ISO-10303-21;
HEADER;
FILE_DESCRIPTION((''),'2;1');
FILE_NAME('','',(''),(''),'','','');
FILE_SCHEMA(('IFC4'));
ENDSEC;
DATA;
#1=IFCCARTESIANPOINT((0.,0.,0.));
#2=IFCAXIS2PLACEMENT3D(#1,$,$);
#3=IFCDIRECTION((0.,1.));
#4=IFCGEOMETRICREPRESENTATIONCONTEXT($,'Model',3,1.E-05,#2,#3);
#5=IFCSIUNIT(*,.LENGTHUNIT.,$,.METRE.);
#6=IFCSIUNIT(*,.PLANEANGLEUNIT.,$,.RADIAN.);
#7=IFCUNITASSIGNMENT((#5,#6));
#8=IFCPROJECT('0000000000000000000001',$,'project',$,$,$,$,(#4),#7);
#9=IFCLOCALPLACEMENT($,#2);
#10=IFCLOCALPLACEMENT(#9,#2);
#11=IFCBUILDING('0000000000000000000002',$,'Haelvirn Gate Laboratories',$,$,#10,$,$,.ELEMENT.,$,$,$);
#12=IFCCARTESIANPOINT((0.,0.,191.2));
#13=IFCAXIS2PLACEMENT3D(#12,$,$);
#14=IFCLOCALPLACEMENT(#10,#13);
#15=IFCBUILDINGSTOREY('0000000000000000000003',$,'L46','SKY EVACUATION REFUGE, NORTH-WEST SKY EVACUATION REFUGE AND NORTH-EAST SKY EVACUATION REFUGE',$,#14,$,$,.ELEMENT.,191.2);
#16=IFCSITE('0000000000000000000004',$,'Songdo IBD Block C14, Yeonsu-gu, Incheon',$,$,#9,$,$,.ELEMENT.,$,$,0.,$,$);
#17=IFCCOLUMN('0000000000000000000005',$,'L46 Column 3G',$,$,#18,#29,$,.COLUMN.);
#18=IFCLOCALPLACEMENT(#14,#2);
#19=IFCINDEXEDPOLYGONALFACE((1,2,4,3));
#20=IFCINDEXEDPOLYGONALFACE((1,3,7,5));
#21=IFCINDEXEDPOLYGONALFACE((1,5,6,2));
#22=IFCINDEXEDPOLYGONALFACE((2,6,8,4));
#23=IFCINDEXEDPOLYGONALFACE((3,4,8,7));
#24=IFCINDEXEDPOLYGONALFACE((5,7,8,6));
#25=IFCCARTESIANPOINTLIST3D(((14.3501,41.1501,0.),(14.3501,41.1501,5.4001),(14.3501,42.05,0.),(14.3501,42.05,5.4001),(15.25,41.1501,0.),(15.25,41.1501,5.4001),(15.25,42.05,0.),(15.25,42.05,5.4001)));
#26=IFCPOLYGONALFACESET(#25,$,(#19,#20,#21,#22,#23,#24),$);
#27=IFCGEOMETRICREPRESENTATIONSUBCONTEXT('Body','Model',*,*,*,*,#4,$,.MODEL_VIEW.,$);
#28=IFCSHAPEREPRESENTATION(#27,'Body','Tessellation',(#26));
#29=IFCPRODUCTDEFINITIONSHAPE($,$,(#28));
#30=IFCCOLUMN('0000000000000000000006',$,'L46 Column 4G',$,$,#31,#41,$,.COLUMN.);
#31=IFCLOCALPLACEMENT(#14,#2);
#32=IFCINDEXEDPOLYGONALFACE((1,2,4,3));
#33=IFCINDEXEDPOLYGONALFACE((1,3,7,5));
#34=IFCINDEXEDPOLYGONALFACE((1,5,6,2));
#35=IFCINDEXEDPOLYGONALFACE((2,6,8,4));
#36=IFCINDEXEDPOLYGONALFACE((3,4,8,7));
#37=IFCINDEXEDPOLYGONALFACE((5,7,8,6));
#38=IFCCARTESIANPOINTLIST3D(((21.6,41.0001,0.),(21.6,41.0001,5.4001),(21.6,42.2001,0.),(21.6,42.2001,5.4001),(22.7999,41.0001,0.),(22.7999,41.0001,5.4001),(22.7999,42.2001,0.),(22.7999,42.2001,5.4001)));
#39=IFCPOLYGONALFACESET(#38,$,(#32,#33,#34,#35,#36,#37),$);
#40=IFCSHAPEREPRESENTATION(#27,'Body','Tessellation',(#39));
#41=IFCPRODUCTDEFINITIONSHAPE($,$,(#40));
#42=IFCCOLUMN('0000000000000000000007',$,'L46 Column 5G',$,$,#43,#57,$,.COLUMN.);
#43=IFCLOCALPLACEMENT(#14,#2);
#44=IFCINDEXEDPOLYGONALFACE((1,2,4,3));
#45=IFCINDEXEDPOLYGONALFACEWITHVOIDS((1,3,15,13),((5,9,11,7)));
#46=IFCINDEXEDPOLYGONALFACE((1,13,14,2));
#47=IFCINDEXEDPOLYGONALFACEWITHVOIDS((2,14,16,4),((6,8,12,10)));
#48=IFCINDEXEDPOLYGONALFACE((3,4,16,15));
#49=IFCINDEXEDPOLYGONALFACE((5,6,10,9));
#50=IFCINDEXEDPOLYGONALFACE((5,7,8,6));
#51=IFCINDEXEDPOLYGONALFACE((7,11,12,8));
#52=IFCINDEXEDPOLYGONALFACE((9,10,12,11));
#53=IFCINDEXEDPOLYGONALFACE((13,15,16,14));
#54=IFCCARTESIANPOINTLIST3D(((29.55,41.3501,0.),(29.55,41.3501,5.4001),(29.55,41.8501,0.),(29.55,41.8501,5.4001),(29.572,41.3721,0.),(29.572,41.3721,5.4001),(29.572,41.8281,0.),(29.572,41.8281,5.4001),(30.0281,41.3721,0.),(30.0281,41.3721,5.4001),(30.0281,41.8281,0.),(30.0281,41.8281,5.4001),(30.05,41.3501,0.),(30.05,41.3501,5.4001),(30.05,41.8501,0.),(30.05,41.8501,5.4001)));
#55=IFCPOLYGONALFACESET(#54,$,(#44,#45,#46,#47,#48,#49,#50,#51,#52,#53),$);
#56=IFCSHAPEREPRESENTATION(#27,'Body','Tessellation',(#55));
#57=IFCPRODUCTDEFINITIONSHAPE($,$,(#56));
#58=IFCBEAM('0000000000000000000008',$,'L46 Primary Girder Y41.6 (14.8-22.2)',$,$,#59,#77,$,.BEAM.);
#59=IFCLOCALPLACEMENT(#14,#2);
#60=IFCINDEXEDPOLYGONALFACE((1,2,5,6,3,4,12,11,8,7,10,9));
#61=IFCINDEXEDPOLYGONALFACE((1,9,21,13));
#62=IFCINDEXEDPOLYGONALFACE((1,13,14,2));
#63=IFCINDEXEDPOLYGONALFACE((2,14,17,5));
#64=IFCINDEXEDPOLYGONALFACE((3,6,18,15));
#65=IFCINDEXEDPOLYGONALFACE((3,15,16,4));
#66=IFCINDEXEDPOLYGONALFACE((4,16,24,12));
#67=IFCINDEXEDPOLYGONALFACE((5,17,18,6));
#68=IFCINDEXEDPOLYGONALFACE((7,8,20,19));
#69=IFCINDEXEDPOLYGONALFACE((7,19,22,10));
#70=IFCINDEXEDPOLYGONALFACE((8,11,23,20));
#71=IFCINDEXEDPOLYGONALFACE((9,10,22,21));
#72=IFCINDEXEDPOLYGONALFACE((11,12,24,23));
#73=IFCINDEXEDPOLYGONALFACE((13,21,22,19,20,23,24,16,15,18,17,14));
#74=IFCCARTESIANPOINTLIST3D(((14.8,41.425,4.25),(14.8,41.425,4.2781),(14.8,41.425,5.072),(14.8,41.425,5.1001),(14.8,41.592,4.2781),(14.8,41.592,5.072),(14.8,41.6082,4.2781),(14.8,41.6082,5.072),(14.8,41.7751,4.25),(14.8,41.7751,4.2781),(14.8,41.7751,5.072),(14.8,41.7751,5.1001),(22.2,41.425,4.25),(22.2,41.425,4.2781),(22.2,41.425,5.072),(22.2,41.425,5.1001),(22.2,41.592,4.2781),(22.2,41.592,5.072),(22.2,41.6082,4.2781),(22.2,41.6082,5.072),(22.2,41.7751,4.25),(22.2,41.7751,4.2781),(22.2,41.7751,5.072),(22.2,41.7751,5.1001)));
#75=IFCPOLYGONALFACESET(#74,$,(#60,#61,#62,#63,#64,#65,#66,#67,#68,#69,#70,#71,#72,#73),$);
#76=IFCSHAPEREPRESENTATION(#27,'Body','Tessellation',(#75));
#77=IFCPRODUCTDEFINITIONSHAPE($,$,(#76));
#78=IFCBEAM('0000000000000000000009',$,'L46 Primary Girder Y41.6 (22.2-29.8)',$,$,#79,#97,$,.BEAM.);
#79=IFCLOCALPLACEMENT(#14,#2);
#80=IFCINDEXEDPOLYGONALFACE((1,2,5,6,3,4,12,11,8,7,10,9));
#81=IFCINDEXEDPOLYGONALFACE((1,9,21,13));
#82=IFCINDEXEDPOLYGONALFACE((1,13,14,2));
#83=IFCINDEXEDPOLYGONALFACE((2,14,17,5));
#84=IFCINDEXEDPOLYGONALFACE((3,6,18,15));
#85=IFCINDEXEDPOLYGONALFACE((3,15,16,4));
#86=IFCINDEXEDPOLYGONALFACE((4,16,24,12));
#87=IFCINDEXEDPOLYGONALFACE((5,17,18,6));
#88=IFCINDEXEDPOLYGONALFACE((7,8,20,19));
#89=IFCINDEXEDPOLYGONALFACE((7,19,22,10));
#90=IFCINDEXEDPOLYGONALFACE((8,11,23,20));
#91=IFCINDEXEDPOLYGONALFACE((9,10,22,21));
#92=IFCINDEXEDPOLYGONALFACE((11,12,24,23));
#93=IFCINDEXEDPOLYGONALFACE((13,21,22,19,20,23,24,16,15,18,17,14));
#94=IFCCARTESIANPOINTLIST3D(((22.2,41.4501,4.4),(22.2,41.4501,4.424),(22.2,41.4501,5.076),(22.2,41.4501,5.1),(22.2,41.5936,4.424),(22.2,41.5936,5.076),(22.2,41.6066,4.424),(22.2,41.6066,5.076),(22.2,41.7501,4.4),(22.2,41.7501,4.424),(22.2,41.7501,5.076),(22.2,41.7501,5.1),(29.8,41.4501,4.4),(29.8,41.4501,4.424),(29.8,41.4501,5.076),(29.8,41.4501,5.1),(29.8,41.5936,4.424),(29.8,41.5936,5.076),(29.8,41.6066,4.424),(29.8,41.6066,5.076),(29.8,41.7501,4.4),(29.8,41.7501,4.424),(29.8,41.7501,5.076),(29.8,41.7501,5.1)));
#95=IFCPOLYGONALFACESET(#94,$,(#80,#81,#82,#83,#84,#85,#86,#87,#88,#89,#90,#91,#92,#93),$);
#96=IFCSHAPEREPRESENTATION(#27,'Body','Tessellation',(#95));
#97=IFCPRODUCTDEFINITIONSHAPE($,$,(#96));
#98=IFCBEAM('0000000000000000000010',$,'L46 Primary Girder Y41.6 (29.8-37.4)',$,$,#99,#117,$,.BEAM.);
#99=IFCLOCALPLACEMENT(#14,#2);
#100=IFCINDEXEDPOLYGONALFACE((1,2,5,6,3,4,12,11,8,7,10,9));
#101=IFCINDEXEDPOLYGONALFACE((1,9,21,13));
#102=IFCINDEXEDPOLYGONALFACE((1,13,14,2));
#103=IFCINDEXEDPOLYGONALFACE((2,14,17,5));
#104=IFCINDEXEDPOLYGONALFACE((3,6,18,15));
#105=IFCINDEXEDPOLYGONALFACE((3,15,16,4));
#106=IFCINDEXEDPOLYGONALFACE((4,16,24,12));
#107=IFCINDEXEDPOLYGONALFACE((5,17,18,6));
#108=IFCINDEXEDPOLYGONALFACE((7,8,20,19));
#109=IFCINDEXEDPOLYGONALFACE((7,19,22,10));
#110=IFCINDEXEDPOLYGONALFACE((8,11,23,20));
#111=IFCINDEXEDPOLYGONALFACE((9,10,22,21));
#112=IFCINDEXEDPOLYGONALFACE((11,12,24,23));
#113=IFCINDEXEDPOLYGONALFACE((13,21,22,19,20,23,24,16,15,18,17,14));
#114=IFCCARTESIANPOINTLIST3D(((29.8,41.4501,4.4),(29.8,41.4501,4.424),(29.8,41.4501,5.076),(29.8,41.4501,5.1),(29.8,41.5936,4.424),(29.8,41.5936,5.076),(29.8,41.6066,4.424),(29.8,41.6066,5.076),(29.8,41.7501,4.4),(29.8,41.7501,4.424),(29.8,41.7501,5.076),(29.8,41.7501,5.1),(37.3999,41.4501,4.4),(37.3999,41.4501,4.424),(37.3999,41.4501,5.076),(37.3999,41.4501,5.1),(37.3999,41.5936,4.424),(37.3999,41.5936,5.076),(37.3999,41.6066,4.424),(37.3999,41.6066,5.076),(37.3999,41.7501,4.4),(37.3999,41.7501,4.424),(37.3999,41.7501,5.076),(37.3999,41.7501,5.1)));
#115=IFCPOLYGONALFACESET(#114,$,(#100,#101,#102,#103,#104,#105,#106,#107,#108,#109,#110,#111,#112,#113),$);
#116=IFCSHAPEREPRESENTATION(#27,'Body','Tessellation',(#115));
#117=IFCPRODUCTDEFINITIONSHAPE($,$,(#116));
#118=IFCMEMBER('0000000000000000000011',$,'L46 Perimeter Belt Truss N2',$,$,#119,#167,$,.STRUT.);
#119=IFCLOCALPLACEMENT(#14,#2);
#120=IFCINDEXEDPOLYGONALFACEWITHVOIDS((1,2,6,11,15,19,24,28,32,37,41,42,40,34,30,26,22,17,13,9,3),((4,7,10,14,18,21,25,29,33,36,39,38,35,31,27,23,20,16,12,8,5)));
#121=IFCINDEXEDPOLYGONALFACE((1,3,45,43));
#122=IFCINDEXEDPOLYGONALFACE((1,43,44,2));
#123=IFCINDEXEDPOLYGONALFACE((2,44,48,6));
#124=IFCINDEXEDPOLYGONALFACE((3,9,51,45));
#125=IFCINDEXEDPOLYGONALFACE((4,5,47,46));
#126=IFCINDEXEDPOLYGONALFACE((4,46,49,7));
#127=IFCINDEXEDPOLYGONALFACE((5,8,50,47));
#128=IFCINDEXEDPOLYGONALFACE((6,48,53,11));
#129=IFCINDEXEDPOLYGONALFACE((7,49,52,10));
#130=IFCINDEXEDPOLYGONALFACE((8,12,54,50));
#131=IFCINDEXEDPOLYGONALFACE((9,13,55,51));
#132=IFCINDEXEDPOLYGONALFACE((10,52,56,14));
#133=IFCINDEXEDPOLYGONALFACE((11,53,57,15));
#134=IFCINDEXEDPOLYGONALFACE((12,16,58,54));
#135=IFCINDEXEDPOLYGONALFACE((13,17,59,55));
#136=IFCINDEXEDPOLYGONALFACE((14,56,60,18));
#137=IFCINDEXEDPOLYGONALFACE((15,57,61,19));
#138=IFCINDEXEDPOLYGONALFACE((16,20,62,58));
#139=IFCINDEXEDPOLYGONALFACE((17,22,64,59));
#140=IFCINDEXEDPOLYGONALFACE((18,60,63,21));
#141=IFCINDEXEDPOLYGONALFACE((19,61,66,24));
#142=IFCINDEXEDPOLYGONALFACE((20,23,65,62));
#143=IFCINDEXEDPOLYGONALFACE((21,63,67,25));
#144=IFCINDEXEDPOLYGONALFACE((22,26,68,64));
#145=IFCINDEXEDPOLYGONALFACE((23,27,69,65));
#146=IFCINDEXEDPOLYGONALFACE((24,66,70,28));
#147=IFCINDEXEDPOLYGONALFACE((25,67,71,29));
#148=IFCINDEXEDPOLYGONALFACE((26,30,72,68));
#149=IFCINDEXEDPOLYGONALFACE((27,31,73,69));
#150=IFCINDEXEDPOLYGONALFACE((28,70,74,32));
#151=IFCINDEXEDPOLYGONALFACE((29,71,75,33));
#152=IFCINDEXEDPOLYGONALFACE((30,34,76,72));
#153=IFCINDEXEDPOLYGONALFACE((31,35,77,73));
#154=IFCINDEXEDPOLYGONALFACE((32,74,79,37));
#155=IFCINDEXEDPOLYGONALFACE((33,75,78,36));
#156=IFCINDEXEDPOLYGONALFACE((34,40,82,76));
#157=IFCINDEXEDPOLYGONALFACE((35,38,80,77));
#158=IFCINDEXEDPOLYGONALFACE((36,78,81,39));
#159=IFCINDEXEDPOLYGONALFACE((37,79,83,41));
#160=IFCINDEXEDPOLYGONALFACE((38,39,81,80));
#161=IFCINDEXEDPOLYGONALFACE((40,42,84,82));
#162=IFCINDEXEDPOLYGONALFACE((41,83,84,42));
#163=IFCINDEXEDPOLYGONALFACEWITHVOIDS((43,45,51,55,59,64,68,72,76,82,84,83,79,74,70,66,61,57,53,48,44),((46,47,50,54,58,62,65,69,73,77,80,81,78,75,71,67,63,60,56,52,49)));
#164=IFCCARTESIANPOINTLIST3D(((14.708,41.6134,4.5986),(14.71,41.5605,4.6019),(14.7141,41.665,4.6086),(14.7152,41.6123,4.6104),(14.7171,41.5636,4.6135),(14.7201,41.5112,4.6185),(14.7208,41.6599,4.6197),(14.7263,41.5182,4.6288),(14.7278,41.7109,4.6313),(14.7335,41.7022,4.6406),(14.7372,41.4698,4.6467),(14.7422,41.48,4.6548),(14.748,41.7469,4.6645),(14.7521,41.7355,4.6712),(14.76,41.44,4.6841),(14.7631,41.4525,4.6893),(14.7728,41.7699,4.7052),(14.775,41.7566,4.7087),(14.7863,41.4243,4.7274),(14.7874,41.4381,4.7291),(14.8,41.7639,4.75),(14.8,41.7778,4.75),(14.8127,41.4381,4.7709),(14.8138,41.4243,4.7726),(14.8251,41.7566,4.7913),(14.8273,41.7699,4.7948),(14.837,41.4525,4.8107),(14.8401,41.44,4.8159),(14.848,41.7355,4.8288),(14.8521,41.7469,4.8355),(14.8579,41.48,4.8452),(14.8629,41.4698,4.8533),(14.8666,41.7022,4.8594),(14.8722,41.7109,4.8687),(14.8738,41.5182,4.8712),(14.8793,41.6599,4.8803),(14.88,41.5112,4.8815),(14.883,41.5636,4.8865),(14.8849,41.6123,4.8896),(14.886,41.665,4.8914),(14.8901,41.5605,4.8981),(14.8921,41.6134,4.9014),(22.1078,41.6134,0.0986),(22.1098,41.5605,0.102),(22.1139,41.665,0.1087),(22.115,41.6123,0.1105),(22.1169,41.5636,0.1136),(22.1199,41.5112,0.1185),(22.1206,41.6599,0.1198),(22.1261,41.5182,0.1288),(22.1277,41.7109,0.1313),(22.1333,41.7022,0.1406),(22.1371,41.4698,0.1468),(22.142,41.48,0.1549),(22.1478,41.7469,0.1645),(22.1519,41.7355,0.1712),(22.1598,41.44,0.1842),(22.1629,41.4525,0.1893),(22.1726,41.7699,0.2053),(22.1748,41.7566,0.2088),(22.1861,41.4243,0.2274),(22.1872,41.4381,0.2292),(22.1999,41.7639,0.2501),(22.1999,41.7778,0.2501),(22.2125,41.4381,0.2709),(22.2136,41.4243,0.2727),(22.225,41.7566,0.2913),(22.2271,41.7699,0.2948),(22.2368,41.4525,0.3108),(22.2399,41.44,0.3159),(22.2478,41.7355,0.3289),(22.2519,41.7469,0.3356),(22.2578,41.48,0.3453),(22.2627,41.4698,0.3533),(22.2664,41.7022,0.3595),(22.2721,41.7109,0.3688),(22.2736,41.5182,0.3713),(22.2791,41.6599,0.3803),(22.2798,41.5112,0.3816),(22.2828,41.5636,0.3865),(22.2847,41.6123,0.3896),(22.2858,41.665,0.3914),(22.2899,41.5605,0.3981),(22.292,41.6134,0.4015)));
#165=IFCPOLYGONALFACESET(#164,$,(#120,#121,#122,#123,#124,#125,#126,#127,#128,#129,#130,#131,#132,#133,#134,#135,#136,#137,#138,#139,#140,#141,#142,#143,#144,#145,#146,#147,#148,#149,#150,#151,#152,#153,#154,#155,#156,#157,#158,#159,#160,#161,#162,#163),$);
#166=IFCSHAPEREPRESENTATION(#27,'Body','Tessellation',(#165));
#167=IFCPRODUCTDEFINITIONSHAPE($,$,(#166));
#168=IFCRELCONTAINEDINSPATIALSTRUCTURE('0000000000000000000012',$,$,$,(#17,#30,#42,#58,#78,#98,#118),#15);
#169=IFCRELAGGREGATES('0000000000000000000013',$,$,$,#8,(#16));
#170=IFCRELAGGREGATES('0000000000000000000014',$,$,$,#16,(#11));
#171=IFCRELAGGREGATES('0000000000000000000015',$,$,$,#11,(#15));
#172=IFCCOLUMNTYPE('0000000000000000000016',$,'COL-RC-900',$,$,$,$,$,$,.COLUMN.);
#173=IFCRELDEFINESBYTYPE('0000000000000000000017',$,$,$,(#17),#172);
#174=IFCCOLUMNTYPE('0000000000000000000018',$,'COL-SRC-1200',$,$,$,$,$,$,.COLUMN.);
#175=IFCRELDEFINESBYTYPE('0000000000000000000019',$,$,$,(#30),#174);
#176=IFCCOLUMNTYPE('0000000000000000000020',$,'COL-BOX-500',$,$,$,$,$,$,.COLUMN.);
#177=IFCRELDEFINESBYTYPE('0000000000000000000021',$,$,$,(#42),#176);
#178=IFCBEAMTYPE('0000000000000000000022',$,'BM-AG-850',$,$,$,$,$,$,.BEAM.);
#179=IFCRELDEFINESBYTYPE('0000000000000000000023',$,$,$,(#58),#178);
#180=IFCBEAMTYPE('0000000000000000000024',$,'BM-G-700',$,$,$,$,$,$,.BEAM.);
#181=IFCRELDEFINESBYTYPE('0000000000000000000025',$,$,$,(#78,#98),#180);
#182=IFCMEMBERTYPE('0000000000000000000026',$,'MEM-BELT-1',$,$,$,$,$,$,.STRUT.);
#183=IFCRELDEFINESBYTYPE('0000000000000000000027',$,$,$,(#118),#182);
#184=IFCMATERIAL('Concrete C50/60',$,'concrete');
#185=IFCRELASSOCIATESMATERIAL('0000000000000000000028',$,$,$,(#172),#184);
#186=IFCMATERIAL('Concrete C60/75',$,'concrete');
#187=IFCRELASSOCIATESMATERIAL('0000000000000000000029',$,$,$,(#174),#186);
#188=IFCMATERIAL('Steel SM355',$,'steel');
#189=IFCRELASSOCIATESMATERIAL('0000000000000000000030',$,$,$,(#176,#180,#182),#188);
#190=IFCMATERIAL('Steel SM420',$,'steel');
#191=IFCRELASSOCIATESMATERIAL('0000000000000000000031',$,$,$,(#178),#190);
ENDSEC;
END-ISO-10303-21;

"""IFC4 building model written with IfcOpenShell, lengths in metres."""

from ifc_helpers import new_model, si_unit, direction, frame, origin, origin_2d, place, context, subcontext, project, spatial, rectangle, hollow_rectangle, hollow_circle, i_section, extrude, source, transform, mapped, material, material_profile, profile_set, type_object, type_shapes, element, save


model = new_model("IFC4")

# Units and contexts
model_context = context("Model", 3, precision=1e-05, world=origin(), true_north=direction((0.0, 1.0)))
body_context = subcontext(model_context, "Body", "Model", "MODEL_VIEW")
ifc_project = project(units=[si_unit("LENGTHUNIT", "METRE"), si_unit("PLANEANGLEUNIT", "RADIAN")], contexts=[model_context])

# Site, building, storey
site_placement = place(None, origin())
site = spatial("IfcSite", under=ifc_project, at=site_placement, Name="Songdo IBD Block C14, Yeonsu-gu, Incheon", CompositionType="ELEMENT", RefElevation=0.0)
building_placement = place(site_placement, origin())
building = spatial("IfcBuilding", under=site, at=building_placement, Name="Haelvirn Gate Laboratories", CompositionType="ELEMENT")
storey_placement = place(building_placement, frame((0.0, 0.0, 191.2)))
storey = spatial("IfcBuildingStorey", under=building, at=storey_placement, Name="L46", Description="SKY EVACUATION REFUGE, NORTH-WEST SKY EVACUATION REFUGE AND NORTH-EAST SKY EVACUATION REFUGE", CompositionType="ELEMENT", Elevation=191.2)

# Columns
ifc_material_1 = material(Name="Concrete C50/60", Category="concrete")
ifc_material_profile_1 = material_profile(ifc_material_1, rectangle(XDim=0.8999, YDim=0.8999, at=origin_2d()), Name="RC-900x900")
ifc_profile_set_1 = profile_set([ifc_material_profile_1], Name="Concrete C50/60")
column_type_1 = type_object("IfcColumnType", Name="COL-RC-900", PredefinedType="COLUMN", material=ifc_profile_set_1)
shared_shape_1 = source(origin(), body_context, "Body", "SweptSolid", [
    extrude(rectangle(XDim=0.8999, YDim=0.8999, at=origin_2d()), origin(), (0.0, 0.0, 1.0), 5.4001),
])
type_shapes(column_type_1, [shared_shape_1])
column_1_placement = place(storey_placement, frame((14.8, 41.6001, 0.0), z_axis=(0.0, 0.0, 1.0), x_axis=(1.0, 0.0, 0.0)))
element("IfcColumn", 1, at=column_1_placement, inside=storey, type_object=column_type_1, Name="L46 Column 3G", PredefinedType="COLUMN", context=body_context, shape_type="MappedRepresentation", body=[
    mapped(shared_shape_1, transform((0.0, 0.0, 0.0), scale=1.0)),
])
ifc_material_2 = material(Name="Concrete C60/75", Category="concrete")
ifc_material_profile_2 = material_profile(ifc_material_2, rectangle(XDim=1.2, YDim=1.2, at=origin_2d()), Name="SRC-1200x1200")
ifc_profile_set_2 = profile_set([ifc_material_profile_2], Name="Concrete C60/75")
column_type_2 = type_object("IfcColumnType", Name="COL-SRC-1200", PredefinedType="COLUMN", material=ifc_profile_set_2)
shared_shape_2 = source(origin(), body_context, "Body", "SweptSolid", [
    extrude(rectangle(XDim=1.2, YDim=1.2, at=origin_2d()), origin(), (0.0, 0.0, 1.0), 5.4001),
])
type_shapes(column_type_2, [shared_shape_2])
column_2_placement = place(storey_placement, frame((22.2, 41.6001, 0.0), z_axis=(0.0, 0.0, 1.0), x_axis=(1.0, 0.0, 0.0)))
element("IfcColumn", 2, at=column_2_placement, inside=storey, type_object=column_type_2, Name="L46 Column 4G", PredefinedType="COLUMN", context=body_context, shape_type="MappedRepresentation", body=[
    mapped(shared_shape_2, transform((0.0, 0.0, 0.0), scale=1.0)),
])
ifc_material_3 = material(Name="Steel SM355", Category="steel")
ifc_material_profile_3 = material_profile(ifc_material_3, hollow_rectangle(XDim=0.5, YDim=0.5, WallThickness=0.022, at=origin_2d()), Name="BOX-500x500x22")
ifc_profile_set_3 = profile_set([ifc_material_profile_3], Name="Steel SM355")
column_type_3 = type_object("IfcColumnType", Name="COL-BOX-500", PredefinedType="COLUMN", material=ifc_profile_set_3)
shared_shape_3 = source(origin(), body_context, "Body", "SweptSolid", [
    extrude(hollow_rectangle(XDim=0.5, YDim=0.5, WallThickness=0.022, at=origin_2d()), origin(), (0.0, 0.0, 1.0), 5.4001),
])
type_shapes(column_type_3, [shared_shape_3])
column_3_placement = place(storey_placement, frame((29.8, 41.6001, 0.0), z_axis=(0.0, 0.0, 1.0), x_axis=(1.0, 0.0, 0.0)))
element("IfcColumn", 3, at=column_3_placement, inside=storey, type_object=column_type_3, Name="L46 Column 5G", PredefinedType="COLUMN", context=body_context, shape_type="MappedRepresentation", body=[
    mapped(shared_shape_3, transform((0.0, 0.0, 0.0), scale=1.0)),
])

# Beams
ifc_material_4 = material(Name="Steel SM420", Category="steel")
ifc_material_profile_4 = material_profile(ifc_material_4, i_section(OverallWidth=0.3501, OverallDepth=0.8501, WebThickness=0.0161, FlangeThickness=0.0281, at=origin_2d()), Name="H-850x350x16x28")
ifc_profile_set_4 = profile_set([ifc_material_profile_4], Name="Steel SM420")
beam_type_1 = type_object("IfcBeamType", Name="BM-AG-850", PredefinedType="BEAM", material=ifc_profile_set_4)
shared_shape_4 = source(origin(), body_context, "Body", "SweptSolid", [
    extrude(i_section(OverallWidth=0.3501, OverallDepth=0.8501, WebThickness=0.0161, FlangeThickness=0.0281, at=origin_2d()), origin(), (0.0, 0.0, 1.0), 7.3999),
])
type_shapes(beam_type_1, [shared_shape_4])
beam_1_placement = place(storey_placement, frame((14.8, 41.6001, 4.675), z_axis=(1.0, 0.0, 0.0), x_axis=(0.0, 1.0, 0.0)))
element("IfcBeam", 4, at=beam_1_placement, inside=storey, type_object=beam_type_1, Name="L46 Primary Girder Y41.6 (14.8-22.2)", PredefinedType="BEAM", context=body_context, shape_type="MappedRepresentation", body=[
    mapped(shared_shape_4, transform((0.0, 0.0, 0.0), scale=1.0)),
])
ifc_material_profile_5 = material_profile(ifc_material_3, i_section(OverallWidth=0.3, OverallDepth=0.7, WebThickness=0.0129, FlangeThickness=0.0239, at=origin_2d()), Name="H-700x300x13x24")
ifc_profile_set_5 = profile_set([ifc_material_profile_5], Name="Steel SM355")
beam_type_2 = type_object("IfcBeamType", Name="BM-G-700", PredefinedType="BEAM", material=ifc_profile_set_5)
shared_shape_5 = source(origin(), body_context, "Body", "SweptSolid", [
    extrude(i_section(OverallWidth=0.3, OverallDepth=0.7, WebThickness=0.0129, FlangeThickness=0.0239, at=origin_2d()), origin(), (0.0, 0.0, 1.0), 7.6001),
])
beam_2_placement = place(storey_placement, frame((22.2, 41.6001, 4.75), z_axis=(1.0, 0.0, 0.0), x_axis=(0.0, 1.0, 0.0)))
element("IfcBeam", 5, at=beam_2_placement, inside=storey, type_object=beam_type_2, Name="L46 Primary Girder Y41.6 (22.2-29.8)", PredefinedType="BEAM", context=body_context, shape_type="MappedRepresentation", body=[
    mapped(shared_shape_5, transform((0.0, 0.0, 0.0), scale=1.0)),
])
shared_shape_6 = source(origin(), body_context, "Body", "SweptSolid", [
    extrude(i_section(OverallWidth=0.3, OverallDepth=0.7, WebThickness=0.0129, FlangeThickness=0.0239, at=origin_2d()), origin(), (0.0, 0.0, 1.0), 7.5999),
])
type_shapes(beam_type_2, [shared_shape_5, shared_shape_6])
beam_3_placement = place(storey_placement, frame((29.8, 41.6001, 4.75), z_axis=(1.0, 0.0, 0.0), x_axis=(0.0, 1.0, 0.0)))
element("IfcBeam", 6, at=beam_3_placement, inside=storey, type_object=beam_type_2, Name="L46 Primary Girder Y41.6 (29.8-37.4)", PredefinedType="BEAM", context=body_context, shape_type="MappedRepresentation", body=[
    mapped(shared_shape_6, transform((0.0, 0.0, 0.0), scale=1.0)),
])

# Member
ifc_material_profile_6 = material_profile(ifc_material_3, hollow_circle(Radius=0.1777, WallThickness=0.0139, at=origin_2d()), Name="CHS-355x14")
ifc_profile_set_6 = profile_set([ifc_material_profile_6], Name="Steel SM355")
member_type_1 = type_object("IfcMemberType", Name="MEM-BELT-1", PredefinedType="STRUT", material=ifc_profile_set_6)
shared_shape_7 = source(origin(), body_context, "Body", "SweptSolid", [
    extrude(hollow_circle(Radius=0.1777, WallThickness=0.0139, at=origin_2d()), origin(), (0.0, 0.0, 1.0), 8.6606),
])
member_1_placement = place(storey_placement, frame((14.8, 41.6001, 4.75), z_axis=(0.854418, 0.0, -0.519586), x_axis=(0.0, 1.0, 0.0)))
element("IfcMember", 7, at=member_1_placement, inside=storey, type_object=member_type_1, Name="L46 Perimeter Belt Truss N2", PredefinedType="STRUT", context=body_context, shape_type="MappedRepresentation", body=[
    mapped(shared_shape_7, transform((0.0, 0.0, 0.0), scale=1.0)),
])

save(model, "model.ifc")
